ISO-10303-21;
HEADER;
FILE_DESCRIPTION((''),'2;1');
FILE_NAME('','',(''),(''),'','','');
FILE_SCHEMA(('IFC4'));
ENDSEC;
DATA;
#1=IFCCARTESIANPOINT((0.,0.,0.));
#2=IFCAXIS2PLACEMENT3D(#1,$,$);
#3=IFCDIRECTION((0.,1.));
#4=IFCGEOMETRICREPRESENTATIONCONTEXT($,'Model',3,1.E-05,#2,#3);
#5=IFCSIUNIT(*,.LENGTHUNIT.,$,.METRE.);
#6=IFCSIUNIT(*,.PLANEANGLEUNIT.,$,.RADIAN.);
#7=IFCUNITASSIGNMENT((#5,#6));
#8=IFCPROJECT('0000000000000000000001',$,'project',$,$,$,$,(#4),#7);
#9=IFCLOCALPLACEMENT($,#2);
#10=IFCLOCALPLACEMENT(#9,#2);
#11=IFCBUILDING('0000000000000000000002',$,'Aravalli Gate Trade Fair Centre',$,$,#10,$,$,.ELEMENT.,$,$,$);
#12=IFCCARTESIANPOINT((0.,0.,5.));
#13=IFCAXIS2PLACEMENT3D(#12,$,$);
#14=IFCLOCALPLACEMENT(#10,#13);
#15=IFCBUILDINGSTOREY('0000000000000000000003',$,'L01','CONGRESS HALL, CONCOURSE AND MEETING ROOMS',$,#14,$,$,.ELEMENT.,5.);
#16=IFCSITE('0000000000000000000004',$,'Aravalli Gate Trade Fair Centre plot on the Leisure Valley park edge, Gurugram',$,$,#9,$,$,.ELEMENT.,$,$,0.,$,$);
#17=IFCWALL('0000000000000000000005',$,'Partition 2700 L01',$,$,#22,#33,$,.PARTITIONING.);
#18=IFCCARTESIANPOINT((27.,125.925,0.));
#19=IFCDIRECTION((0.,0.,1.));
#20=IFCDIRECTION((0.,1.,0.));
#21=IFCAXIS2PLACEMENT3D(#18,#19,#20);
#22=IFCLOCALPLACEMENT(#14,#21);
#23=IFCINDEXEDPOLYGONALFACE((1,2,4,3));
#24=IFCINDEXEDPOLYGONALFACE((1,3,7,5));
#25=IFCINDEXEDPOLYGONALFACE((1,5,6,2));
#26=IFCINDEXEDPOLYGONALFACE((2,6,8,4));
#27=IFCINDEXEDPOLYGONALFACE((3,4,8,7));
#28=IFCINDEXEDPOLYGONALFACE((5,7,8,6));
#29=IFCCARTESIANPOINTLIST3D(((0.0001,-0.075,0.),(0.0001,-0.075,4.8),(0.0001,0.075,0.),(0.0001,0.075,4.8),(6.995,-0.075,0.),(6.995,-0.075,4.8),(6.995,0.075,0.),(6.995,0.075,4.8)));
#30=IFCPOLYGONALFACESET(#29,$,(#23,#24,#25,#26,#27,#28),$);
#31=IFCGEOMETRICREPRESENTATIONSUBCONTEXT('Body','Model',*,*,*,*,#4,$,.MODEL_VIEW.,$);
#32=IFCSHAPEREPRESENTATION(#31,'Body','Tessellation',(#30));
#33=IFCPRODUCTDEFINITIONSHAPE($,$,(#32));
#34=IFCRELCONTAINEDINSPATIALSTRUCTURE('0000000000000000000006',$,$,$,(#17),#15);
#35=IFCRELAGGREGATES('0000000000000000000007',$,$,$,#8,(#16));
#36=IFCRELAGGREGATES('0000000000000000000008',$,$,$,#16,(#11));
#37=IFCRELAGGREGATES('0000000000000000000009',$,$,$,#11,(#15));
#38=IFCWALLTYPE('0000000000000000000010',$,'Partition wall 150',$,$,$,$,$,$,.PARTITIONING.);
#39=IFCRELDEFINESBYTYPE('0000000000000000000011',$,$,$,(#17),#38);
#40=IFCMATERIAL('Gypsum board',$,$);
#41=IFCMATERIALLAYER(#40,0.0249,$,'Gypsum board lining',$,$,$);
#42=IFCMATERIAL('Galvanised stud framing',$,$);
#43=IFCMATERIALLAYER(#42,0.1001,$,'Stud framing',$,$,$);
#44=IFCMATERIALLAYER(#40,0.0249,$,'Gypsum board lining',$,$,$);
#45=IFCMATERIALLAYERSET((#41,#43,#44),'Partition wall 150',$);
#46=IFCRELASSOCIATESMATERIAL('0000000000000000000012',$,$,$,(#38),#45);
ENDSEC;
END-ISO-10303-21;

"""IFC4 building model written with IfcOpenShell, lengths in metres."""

from ifc_helpers import new_model, si_unit, direction, frame, frame_2d, origin, place, context, subcontext, project, spatial, rectangle, extrude, material, layer, layer_set, type_object, element, save


model = new_model("IFC4")

# Units and contexts
model_context = context("Model", 3, precision=1e-05, world=origin(), true_north=direction((0.0, 1.0)))
body_context = subcontext(model_context, "Body", "Model", "MODEL_VIEW")
ifc_project = project(units=[si_unit("LENGTHUNIT", "METRE"), si_unit("PLANEANGLEUNIT", "RADIAN")], contexts=[model_context])

# Site, building, storey
site_placement = place(None, origin())
site = spatial("IfcSite", under=ifc_project, at=site_placement, Name="Aravalli Gate Trade Fair Centre plot on the Leisure Valley park edge, Gurugram", CompositionType="ELEMENT", RefElevation=0.0)
building_placement = place(site_placement, origin())
building = spatial("IfcBuilding", under=site, at=building_placement, Name="Aravalli Gate Trade Fair Centre", CompositionType="ELEMENT")
storey_placement = place(building_placement, frame((0.0, 0.0, 5.0)))
storey = spatial("IfcBuildingStorey", under=building, at=storey_placement, Name="L01", Description="CONGRESS HALL, CONCOURSE AND MEETING ROOMS", CompositionType="ELEMENT", Elevation=5.0)

# Shared definitions
ifc_material_1 = material(Name="Gypsum board")
ifc_layer_1 = layer(ifc_material_1, 0.0249, Name="Gypsum board lining")
ifc_material_2 = material(Name="Galvanised stud framing")
ifc_layer_2 = layer(ifc_material_2, 0.1001, Name="Stud framing")
ifc_layer_3 = layer(ifc_material_1, 0.0249, Name="Gypsum board lining")
ifc_layer_set_1 = layer_set([ifc_layer_1, ifc_layer_2, ifc_layer_3], Name="Partition wall 150")
wall_type_1 = type_object("IfcWallType", Name="Partition wall 150", PredefinedType="PARTITIONING", material=ifc_layer_set_1)

# Wall
wall_1_placement = place(storey_placement, frame((27.0, 125.925, 0.0), z_axis=(0.0, 0.0, 1.0), x_axis=(0.0, 1.0, 0.0)))
element("IfcWall", 1, at=wall_1_placement, inside=storey, type_object=wall_type_1, Name="Partition 2700 L01", PredefinedType="PARTITIONING", context=body_context, shape_type="SweptSolid", body=[
    extrude(rectangle(XDim=6.9949, YDim=0.1499, at=frame_2d((3.4976, 0.0))), origin(), (0.0, 0.0, 1.0), 4.8),
])

save(model, "model.ifc")
